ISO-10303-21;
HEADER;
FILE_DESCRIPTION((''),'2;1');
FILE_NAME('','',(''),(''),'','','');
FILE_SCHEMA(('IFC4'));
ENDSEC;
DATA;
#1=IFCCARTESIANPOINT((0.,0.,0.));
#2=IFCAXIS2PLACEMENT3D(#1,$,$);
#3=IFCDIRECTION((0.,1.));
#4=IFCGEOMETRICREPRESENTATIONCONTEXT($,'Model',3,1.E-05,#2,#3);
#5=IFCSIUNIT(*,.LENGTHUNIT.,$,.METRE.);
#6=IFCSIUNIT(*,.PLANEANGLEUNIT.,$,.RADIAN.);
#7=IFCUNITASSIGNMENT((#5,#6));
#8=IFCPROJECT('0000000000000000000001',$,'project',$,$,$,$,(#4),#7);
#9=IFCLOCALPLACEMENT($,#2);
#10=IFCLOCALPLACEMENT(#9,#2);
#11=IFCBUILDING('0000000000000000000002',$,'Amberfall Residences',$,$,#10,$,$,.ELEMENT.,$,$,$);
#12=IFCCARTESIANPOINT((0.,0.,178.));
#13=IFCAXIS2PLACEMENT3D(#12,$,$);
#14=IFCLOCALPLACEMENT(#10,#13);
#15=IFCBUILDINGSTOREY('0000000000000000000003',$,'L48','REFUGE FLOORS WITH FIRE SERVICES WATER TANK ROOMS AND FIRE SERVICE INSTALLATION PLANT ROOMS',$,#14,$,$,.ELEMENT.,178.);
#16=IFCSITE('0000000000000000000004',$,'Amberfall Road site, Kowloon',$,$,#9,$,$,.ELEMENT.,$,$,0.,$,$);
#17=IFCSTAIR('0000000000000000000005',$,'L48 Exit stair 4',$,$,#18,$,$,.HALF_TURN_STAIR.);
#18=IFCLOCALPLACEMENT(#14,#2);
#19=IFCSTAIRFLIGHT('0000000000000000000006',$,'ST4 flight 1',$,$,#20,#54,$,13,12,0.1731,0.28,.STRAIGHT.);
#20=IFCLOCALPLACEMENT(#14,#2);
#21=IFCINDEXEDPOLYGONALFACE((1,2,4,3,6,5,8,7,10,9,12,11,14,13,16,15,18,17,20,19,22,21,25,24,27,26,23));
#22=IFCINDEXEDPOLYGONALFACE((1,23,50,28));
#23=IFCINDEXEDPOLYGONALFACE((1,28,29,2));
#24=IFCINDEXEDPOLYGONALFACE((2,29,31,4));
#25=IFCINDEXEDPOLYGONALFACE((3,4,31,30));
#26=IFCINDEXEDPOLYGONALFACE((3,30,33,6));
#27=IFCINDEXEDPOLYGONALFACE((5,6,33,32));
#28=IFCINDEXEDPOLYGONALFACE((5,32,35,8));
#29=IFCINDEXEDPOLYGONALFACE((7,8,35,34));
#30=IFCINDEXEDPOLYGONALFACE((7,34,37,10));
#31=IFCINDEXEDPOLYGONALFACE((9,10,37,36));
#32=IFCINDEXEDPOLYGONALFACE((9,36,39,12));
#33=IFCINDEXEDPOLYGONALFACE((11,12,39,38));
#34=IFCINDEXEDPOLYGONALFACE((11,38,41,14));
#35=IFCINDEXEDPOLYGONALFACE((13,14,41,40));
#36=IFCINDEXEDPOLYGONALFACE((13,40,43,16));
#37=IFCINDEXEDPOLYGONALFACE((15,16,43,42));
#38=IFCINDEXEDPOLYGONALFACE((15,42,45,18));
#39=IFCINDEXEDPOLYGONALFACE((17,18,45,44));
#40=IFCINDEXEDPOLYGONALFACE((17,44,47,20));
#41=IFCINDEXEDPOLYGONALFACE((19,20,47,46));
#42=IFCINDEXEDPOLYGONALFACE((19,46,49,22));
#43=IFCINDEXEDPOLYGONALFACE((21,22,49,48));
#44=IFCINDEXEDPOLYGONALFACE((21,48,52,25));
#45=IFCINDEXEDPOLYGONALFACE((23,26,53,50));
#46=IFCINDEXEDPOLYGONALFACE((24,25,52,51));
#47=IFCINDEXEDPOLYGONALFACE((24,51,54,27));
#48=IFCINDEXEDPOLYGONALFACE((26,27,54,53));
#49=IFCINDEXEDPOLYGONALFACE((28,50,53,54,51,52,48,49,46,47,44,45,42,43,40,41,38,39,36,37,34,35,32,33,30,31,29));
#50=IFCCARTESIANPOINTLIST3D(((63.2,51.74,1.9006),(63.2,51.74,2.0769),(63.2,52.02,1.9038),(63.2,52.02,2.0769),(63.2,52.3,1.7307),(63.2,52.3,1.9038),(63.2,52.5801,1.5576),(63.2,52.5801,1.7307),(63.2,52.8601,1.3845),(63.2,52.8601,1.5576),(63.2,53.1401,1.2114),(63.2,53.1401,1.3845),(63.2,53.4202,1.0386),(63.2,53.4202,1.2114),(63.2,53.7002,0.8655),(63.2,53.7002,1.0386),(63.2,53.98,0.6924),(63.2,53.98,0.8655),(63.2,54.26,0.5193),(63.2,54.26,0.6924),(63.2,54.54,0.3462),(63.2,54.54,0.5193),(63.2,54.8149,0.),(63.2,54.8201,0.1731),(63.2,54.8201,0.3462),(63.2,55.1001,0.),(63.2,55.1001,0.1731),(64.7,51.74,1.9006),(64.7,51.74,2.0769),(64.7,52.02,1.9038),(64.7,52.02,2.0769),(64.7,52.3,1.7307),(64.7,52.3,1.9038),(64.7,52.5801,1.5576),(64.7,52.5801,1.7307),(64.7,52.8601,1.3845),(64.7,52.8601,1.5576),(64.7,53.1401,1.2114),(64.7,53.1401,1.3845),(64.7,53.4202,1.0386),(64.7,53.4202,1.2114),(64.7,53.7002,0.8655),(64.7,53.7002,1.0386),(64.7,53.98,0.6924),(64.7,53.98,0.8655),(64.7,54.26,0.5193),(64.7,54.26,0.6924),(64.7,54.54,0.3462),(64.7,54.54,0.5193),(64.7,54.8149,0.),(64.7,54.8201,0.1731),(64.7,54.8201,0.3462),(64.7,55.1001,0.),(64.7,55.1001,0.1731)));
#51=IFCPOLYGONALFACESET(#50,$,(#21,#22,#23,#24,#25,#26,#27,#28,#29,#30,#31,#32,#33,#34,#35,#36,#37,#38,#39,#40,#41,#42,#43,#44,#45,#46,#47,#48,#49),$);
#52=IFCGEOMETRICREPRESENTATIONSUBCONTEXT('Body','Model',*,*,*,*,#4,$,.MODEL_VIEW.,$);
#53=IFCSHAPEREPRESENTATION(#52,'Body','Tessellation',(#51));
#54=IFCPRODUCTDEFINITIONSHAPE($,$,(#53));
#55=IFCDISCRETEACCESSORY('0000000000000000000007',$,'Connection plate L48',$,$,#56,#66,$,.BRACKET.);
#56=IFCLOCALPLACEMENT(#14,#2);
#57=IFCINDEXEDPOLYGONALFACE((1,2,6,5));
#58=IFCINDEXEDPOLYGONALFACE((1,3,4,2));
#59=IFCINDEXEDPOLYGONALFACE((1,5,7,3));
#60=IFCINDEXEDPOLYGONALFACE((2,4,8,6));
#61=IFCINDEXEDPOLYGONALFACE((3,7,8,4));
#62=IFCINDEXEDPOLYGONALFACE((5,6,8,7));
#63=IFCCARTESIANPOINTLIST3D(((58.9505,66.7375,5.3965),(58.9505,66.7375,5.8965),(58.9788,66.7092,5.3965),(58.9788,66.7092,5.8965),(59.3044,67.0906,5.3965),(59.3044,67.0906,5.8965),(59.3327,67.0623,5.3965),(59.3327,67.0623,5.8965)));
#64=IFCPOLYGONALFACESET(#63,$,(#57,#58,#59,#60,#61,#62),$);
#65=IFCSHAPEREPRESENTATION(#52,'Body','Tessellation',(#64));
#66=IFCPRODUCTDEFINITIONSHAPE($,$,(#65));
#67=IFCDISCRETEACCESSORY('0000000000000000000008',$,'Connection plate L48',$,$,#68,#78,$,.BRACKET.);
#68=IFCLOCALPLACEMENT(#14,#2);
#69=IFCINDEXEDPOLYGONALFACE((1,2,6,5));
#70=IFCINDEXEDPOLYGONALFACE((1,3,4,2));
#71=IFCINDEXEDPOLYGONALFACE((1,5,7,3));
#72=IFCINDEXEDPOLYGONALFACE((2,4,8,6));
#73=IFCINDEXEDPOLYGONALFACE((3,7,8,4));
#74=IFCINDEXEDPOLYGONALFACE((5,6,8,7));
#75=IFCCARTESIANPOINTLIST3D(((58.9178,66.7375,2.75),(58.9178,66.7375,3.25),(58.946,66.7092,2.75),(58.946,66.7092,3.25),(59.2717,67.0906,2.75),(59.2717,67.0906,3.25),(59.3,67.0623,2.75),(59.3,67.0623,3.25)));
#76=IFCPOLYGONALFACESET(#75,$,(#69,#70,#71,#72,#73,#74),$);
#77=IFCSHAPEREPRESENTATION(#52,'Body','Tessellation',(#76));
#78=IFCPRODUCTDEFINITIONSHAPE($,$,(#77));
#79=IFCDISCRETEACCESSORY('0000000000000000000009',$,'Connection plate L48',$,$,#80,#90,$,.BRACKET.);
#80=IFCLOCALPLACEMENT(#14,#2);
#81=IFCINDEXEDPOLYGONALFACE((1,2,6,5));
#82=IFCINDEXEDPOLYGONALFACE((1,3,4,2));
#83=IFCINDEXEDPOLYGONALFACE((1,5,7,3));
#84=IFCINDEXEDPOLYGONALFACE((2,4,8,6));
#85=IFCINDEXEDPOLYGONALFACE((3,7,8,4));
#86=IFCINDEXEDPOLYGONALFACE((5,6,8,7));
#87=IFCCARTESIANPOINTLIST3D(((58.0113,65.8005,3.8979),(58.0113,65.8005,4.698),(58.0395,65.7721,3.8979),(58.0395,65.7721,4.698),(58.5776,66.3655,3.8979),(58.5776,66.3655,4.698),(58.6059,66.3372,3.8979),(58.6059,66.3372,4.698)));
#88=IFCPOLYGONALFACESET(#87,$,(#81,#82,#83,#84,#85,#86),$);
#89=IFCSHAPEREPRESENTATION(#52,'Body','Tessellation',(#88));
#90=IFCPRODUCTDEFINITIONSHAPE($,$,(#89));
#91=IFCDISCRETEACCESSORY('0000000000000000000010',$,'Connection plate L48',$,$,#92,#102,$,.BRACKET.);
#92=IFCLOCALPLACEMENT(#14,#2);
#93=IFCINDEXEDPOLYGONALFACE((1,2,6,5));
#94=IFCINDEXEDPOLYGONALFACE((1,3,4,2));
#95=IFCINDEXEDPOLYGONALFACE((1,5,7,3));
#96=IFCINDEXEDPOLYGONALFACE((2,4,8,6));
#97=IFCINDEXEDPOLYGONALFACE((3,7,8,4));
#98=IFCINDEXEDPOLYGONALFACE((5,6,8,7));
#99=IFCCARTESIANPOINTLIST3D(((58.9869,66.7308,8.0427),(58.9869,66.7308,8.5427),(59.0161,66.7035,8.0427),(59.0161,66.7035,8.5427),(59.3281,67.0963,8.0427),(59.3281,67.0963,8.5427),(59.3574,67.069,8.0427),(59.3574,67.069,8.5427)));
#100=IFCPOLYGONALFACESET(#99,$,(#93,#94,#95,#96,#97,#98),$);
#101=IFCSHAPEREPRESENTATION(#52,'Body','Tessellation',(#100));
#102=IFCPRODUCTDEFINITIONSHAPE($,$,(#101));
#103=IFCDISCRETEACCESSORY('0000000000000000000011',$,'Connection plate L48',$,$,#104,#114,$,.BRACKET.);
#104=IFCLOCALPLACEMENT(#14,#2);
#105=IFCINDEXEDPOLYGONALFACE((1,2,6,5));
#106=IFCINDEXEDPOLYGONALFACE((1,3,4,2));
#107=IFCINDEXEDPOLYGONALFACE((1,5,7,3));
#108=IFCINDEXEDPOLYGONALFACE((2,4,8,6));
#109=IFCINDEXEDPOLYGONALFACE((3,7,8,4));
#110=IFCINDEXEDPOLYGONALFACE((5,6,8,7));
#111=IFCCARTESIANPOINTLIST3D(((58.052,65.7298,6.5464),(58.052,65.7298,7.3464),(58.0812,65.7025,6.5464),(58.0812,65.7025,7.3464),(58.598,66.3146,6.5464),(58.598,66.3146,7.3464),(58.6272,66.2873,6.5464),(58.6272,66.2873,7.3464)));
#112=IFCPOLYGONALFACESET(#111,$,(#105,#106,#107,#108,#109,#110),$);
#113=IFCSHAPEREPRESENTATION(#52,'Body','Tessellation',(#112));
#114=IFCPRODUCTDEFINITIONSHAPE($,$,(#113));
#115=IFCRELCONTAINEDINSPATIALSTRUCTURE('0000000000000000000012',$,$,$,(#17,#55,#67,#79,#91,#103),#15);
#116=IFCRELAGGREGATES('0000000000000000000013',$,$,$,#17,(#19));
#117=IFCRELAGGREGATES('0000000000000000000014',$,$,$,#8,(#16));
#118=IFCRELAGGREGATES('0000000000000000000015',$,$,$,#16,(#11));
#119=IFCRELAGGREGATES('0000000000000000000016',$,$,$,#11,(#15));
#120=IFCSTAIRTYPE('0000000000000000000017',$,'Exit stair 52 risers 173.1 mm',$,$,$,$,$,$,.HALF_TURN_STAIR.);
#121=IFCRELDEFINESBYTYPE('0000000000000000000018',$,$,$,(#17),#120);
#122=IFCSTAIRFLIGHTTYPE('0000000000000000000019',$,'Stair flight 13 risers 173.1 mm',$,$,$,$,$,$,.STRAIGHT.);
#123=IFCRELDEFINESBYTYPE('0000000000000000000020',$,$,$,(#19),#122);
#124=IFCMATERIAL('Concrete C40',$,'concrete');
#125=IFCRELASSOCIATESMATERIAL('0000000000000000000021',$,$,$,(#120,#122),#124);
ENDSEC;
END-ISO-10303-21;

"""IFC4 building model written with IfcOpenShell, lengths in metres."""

from ifc_helpers import new_model, si_unit, direction, frame, origin, origin_2d, place, context, subcontext, project, spatial, polyline, rectangle, outline, extrude, material, type_object, element, aggregate, save


model = new_model("IFC4")

# Units and contexts
model_context = context("Model", 3, precision=1e-05, world=origin(), true_north=direction((0.0, 1.0)))
body_context = subcontext(model_context, "Body", "Model", "MODEL_VIEW")
ifc_project = project(units=[si_unit("LENGTHUNIT", "METRE"), si_unit("PLANEANGLEUNIT", "RADIAN")], contexts=[model_context])

# Site, building, storey
site_placement = place(None, origin())
site = spatial("IfcSite", under=ifc_project, at=site_placement, Name="Amberfall Road site, Kowloon", CompositionType="ELEMENT", RefElevation=0.0)
building_placement = place(site_placement, origin())
building = spatial("IfcBuilding", under=site, at=building_placement, Name="Amberfall Residences", CompositionType="ELEMENT")
storey_placement = place(building_placement, frame((0.0, 0.0, 178.0)))
storey = spatial("IfcBuildingStorey", under=building, at=storey_placement, Name="L48", Description="REFUGE FLOORS WITH FIRE SERVICES WATER TANK ROOMS AND FIRE SERVICE INSTALLATION PLANT ROOMS", CompositionType="ELEMENT", Elevation=178.0)

# Stair, stair flight
ifc_material_1 = material(Name="Concrete C40", Category="concrete")
stair_type = type_object("IfcStairType", Name="Exit stair 52 risers 173.1 mm", PredefinedType="HALF_TURN_STAIR", material=ifc_material_1)
stair_placement = place(storey_placement, origin())
stair = element("IfcStair", 1, at=stair_placement, inside=storey, type_object=stair_type, Name="L48 Exit stair 4", PredefinedType="HALF_TURN_STAIR")
stair_flight_type = type_object("IfcStairFlightType", Name="Stair flight 13 risers 173.1 mm", PredefinedType="STRAIGHT", material=ifc_material_1)
stair_flight_placement = place(storey_placement, frame((63.95, 55.1001, 0.0), z_axis=(0.0, 0.0, 1.0), x_axis=(0.0, -1.0, 0.0)))
stair_flight = element("IfcStairFlight", 2, at=stair_flight_placement, type_object=stair_flight_type, Name="ST4 flight 1", NumberOfRisers=13, NumberOfTreads=12, PredefinedType="STRAIGHT", RiserHeight=0.1731, TreadLength=0.28, context=body_context, shape_type="SweptSolid", body=[
    extrude(outline(polyline([(0.0, 0.0), (0.0, 0.1731), (0.28, 0.1731), (0.28, 0.3462), (0.5601, 0.3462), (0.5601, 0.5193), (0.8401, 0.5193), (0.8401, 0.6924), (1.1201, 0.6924), (1.1201, 0.8655), (1.3999, 0.8655), (1.3999, 1.0386), (1.6799, 1.0386), (1.6799, 1.2114), (1.96, 1.2114), (1.96, 1.3845), (2.24, 1.3845), (2.24, 1.5576), (2.52, 1.5576), (2.52, 1.7307), (2.8, 1.7307), (2.8, 1.9038), (3.0801, 1.9038), (3.0801, 2.0769), (3.3601, 2.0769), (3.3601, 2.25), (3.3601, 1.9006), (0.2852, 0.0), (0.0, 0.0)])), frame((0.0, 0.75, 0.0), z_axis=(0.0, -1.0, 0.0), x_axis=(1.0, 0.0, 0.0)), (0.0, 0.0, 1.0), 1.5),
])
aggregate(stair, [stair_flight])

# Discrete accessories
for number, where, z_axis, x_axis, name in (
    (3, (59.1416, 66.8999, 5.3965), (0.0, 0.0, 1.0), (0.707933, 0.706279, 0.0), "Connection plate L48"),
    (4, (59.1089, 66.8999, 2.75), (0.0, 0.0, 1.0), (0.707933, 0.706279, 0.0), "Connection plate L48"),
):
    element("IfcDiscreteAccessory", number, at=place(storey_placement, frame(where, z_axis=z_axis, x_axis=x_axis)), inside=storey, Name=name, PredefinedType="BRACKET", context=body_context, shape_type="SweptSolid", body=[
        extrude(rectangle(XDim=0.5, YDim=0.04, at=origin_2d()), origin(), (0.0, 0.0, 1.0), 0.5),
    ])
discrete_accessory_1_placement = place(storey_placement, frame((58.3086, 66.0688, 3.8979), z_axis=(0.0, 0.0, 1.0), x_axis=(0.707933, 0.706279, 0.0)))
element("IfcDiscreteAccessory", 5, at=discrete_accessory_1_placement, inside=storey, Name="Connection plate L48", PredefinedType="BRACKET", context=body_context, shape_type="SweptSolid", body=[
    extrude(rectangle(XDim=0.8, YDim=0.04, at=origin_2d()), origin(), (0.0, 0.0, 1.0), 0.8),
])
discrete_accessory_2_placement = place(storey_placement, frame((59.1721, 66.8999, 8.0427), z_axis=(0.0, 0.0, 1.0), x_axis=(0.682496, 0.730889, 0.0)))
element("IfcDiscreteAccessory", 6, at=discrete_accessory_2_placement, inside=storey, Name="Connection plate L48", PredefinedType="BRACKET", context=body_context, shape_type="SweptSolid", body=[
    extrude(rectangle(XDim=0.5, YDim=0.04, at=origin_2d()), origin(), (0.0, 0.0, 1.0), 0.5),
])
discrete_accessory_3_placement = place(storey_placement, frame((58.3396, 66.0085, 6.5464), z_axis=(0.0, 0.0, 1.0), x_axis=(0.682496, 0.730889, 0.0)))
element("IfcDiscreteAccessory", 7, at=discrete_accessory_3_placement, inside=storey, Name="Connection plate L48", PredefinedType="BRACKET", context=body_context, shape_type="SweptSolid", body=[
    extrude(rectangle(XDim=0.8, YDim=0.04, at=origin_2d()), origin(), (0.0, 0.0, 1.0), 0.8),
])

save(model, "model.ifc")
